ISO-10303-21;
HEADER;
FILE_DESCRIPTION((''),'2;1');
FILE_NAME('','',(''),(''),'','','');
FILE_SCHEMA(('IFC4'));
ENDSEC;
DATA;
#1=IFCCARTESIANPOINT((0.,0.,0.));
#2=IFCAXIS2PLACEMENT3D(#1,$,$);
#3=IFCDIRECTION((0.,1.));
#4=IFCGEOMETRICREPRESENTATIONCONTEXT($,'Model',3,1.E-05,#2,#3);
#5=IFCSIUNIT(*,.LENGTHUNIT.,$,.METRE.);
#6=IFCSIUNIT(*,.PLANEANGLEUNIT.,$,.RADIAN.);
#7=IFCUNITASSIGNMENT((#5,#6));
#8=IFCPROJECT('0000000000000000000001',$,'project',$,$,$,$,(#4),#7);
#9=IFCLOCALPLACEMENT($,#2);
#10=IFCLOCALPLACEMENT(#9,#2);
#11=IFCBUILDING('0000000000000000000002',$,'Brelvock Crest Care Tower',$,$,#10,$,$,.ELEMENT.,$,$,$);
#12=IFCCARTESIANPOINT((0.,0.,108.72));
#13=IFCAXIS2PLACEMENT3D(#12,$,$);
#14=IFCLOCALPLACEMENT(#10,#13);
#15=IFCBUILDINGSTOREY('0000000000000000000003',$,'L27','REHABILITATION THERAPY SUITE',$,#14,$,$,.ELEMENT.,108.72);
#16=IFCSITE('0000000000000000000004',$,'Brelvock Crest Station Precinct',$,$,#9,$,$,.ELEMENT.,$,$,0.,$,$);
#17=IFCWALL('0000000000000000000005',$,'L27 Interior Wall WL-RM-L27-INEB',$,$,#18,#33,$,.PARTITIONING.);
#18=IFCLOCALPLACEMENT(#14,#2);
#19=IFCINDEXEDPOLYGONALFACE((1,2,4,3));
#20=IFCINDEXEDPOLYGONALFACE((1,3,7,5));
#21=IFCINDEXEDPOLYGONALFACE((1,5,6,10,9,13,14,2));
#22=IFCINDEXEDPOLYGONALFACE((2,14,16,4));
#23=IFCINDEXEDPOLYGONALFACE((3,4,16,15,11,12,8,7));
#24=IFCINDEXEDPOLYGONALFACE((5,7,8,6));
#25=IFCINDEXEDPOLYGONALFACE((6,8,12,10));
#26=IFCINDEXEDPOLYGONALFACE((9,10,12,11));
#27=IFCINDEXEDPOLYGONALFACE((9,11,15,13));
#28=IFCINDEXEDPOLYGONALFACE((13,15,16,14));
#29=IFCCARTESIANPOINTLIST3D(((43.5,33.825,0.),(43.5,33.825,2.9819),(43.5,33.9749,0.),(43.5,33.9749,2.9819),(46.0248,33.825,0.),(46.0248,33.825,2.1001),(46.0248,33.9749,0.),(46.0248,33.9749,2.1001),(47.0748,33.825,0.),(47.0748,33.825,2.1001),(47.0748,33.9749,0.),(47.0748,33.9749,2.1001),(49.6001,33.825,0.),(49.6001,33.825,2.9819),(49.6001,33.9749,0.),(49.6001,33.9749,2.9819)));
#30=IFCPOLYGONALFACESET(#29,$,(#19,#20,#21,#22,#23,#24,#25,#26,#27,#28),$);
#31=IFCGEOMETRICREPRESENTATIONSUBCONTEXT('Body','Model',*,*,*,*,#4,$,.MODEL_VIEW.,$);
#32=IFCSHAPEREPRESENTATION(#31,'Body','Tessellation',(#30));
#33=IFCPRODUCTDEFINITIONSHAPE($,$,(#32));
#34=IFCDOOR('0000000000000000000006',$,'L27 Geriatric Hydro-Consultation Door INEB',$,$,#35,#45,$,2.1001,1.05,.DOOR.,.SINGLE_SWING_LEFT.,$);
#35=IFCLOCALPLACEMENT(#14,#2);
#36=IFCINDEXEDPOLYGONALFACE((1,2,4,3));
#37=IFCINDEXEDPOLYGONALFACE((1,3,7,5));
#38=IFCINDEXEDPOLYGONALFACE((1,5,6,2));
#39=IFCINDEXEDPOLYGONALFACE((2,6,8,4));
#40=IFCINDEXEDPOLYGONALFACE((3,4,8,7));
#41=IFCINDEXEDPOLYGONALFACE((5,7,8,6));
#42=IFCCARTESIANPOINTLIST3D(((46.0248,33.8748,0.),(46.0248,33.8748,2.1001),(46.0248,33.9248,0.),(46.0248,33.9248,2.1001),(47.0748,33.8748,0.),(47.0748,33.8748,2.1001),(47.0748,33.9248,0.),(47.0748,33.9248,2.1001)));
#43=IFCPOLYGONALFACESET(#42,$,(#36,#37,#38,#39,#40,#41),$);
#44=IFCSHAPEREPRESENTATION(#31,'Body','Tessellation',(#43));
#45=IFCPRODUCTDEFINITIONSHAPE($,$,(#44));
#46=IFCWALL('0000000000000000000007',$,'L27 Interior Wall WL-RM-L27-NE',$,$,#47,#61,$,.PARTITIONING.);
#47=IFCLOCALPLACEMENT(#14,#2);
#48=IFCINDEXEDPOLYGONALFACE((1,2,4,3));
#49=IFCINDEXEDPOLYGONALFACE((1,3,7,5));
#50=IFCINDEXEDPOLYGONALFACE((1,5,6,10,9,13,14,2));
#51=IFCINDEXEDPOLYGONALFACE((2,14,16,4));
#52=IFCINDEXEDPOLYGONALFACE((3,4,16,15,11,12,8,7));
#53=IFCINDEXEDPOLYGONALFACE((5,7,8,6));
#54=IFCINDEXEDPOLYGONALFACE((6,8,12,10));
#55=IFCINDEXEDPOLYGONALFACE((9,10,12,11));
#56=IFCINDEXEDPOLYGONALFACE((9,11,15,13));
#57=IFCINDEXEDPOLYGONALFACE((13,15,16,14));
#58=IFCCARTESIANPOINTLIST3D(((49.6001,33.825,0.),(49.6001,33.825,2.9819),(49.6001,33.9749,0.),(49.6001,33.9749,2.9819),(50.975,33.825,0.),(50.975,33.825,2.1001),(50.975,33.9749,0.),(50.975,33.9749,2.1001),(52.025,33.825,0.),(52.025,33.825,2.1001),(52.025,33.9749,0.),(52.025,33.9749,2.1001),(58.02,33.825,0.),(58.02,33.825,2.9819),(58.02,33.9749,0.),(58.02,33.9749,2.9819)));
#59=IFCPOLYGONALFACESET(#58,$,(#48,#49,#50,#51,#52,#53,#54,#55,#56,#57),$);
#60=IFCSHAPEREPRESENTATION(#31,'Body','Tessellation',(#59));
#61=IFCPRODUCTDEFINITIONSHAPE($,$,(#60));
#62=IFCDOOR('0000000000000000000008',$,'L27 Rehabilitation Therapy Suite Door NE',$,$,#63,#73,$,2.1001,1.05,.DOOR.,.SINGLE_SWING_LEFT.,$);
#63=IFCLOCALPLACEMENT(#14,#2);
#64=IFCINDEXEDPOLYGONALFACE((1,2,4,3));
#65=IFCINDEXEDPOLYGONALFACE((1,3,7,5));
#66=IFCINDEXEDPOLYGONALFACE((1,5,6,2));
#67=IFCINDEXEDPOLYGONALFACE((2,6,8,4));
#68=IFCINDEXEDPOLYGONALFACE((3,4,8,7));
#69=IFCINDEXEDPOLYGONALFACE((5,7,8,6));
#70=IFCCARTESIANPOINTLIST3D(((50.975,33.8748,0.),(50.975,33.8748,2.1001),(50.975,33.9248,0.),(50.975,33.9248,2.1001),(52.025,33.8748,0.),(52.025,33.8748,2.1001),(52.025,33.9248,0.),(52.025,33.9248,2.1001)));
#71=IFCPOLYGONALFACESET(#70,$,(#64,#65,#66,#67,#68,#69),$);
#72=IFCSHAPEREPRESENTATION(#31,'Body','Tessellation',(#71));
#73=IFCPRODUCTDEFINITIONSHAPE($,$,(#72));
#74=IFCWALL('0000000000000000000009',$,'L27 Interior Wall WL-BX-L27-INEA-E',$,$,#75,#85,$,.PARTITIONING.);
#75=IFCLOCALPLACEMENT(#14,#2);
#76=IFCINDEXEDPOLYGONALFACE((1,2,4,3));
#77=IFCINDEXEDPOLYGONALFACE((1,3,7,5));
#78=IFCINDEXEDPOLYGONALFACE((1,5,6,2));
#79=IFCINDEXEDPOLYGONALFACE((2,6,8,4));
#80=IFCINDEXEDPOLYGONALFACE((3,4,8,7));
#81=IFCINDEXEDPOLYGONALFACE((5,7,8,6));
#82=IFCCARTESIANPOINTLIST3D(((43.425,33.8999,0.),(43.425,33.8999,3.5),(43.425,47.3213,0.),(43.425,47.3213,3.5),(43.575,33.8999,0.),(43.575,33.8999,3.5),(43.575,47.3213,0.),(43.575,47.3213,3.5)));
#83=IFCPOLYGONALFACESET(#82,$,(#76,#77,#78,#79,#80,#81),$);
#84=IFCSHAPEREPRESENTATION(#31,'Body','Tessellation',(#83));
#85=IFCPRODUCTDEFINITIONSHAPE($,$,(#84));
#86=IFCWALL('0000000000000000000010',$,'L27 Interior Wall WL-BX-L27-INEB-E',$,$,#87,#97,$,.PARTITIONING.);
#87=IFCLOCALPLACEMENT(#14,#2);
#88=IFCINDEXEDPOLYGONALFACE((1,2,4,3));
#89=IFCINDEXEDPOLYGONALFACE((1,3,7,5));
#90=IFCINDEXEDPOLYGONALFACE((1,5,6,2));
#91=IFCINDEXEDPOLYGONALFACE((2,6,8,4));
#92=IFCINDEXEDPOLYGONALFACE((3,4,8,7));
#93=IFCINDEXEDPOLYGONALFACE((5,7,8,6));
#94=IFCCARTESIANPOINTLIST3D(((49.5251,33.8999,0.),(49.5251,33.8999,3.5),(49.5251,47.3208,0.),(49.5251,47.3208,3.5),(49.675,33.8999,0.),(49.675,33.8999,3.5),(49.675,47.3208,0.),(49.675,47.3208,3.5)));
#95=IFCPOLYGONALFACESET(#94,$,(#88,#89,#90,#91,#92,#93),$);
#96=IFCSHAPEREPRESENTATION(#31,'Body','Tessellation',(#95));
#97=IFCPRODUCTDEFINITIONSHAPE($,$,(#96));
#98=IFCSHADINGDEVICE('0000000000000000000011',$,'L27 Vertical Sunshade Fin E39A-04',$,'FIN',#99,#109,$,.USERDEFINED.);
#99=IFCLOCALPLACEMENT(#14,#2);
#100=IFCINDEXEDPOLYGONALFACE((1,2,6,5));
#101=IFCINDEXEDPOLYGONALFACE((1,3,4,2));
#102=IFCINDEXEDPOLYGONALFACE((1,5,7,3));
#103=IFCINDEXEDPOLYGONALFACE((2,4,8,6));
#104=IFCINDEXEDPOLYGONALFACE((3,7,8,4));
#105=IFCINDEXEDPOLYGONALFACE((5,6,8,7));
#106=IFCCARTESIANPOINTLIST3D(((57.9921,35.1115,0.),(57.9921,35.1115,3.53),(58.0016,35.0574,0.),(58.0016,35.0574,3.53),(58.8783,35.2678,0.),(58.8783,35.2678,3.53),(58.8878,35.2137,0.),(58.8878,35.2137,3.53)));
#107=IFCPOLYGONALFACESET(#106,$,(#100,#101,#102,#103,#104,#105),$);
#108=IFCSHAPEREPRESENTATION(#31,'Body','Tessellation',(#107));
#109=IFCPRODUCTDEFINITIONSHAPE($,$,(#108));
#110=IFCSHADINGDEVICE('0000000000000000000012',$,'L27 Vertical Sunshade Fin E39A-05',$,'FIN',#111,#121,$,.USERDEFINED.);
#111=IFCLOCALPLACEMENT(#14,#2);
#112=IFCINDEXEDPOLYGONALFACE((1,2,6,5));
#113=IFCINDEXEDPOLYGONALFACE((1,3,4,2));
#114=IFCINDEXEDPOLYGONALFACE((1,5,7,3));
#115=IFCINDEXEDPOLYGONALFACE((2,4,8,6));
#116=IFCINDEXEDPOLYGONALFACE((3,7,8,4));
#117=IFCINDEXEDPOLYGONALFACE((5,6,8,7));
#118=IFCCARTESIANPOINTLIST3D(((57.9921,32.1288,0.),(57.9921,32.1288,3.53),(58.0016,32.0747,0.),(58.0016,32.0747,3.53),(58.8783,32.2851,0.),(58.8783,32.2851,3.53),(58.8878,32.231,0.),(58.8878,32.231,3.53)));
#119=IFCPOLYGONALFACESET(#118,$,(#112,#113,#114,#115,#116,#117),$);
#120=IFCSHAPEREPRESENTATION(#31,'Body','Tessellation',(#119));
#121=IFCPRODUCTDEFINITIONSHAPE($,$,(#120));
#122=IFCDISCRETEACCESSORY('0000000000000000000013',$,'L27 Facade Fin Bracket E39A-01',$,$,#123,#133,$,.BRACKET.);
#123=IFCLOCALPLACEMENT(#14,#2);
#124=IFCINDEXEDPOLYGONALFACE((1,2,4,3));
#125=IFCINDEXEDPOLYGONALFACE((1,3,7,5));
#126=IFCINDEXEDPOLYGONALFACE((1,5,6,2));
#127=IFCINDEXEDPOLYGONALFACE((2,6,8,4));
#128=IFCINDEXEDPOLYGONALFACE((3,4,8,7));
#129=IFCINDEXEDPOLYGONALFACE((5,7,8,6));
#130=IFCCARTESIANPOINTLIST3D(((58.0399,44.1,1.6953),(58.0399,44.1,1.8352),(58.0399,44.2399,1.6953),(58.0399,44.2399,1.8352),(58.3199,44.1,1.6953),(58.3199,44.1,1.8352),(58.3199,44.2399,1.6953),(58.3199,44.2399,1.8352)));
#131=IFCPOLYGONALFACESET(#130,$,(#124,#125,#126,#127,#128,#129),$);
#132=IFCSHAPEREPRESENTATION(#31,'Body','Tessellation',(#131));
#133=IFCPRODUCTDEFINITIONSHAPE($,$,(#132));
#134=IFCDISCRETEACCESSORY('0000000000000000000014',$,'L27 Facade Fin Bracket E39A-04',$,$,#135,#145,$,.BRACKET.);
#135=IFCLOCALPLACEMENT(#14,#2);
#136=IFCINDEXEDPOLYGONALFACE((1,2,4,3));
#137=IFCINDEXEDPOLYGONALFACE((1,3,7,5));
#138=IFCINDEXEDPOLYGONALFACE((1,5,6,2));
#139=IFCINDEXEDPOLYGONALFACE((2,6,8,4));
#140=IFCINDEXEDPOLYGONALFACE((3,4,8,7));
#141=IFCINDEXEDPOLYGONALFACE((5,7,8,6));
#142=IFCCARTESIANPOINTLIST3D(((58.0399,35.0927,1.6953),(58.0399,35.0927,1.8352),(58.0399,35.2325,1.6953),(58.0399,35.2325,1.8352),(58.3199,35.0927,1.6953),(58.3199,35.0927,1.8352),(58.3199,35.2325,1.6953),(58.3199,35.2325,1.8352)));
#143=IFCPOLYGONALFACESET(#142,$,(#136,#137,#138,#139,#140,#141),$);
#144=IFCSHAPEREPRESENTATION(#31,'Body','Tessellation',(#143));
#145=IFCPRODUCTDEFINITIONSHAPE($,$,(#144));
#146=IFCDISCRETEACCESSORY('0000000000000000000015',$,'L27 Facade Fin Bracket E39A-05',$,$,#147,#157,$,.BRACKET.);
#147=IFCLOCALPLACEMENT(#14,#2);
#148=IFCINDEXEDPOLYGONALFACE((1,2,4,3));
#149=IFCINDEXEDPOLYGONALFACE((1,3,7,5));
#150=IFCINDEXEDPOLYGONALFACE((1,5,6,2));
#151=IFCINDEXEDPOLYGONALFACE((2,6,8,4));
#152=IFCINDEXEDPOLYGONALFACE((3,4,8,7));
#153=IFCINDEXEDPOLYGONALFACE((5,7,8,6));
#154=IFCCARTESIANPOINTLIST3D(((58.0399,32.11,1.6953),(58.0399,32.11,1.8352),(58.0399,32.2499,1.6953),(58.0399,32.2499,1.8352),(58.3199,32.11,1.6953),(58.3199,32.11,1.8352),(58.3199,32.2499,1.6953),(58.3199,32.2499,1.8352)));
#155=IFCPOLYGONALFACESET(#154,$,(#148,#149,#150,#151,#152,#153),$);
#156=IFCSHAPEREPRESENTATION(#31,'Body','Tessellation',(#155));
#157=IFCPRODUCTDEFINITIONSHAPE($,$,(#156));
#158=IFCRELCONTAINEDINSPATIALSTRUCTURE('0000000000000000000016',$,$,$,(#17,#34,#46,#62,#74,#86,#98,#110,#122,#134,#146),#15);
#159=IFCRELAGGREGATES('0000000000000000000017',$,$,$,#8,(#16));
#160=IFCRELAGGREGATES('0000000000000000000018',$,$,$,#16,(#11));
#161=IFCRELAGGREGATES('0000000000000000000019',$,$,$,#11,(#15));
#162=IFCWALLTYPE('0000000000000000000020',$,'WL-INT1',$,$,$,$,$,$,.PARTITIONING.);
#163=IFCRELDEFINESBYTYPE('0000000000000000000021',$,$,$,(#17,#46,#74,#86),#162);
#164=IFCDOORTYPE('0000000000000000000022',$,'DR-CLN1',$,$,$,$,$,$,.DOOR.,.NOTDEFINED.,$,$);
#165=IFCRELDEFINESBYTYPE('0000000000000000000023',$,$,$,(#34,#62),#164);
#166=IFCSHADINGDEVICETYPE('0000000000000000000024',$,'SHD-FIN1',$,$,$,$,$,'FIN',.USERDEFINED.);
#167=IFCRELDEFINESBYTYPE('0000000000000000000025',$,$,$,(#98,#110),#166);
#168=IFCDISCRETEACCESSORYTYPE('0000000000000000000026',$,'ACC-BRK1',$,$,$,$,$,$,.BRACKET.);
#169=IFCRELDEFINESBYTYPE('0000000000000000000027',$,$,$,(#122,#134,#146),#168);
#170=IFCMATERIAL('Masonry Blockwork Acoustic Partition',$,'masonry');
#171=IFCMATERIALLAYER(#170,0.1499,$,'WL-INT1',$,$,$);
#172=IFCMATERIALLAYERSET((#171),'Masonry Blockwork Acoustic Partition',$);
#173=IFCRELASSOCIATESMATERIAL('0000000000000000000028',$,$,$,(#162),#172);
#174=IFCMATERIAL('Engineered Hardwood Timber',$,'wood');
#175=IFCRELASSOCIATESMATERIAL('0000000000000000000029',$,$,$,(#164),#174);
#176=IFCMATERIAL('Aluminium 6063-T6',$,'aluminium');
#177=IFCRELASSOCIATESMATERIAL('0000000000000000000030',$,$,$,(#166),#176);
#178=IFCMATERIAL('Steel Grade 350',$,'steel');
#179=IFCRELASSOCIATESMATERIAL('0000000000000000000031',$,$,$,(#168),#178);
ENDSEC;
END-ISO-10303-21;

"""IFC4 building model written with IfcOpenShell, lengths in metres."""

from ifc_helpers import new_model, si_unit, direction, frame, frame_2d, origin, origin_2d, place, context, subcontext, project, spatial, rectangle, extrude, source, transform, mapped, material, layer, layer_set, material_profile, profile_set, type_object, element, fill, save


model = new_model("IFC4")

# Units and contexts
model_context = context("Model", 3, precision=1e-05, world=origin(), true_north=direction((0.0, 1.0)))
body_context = subcontext(model_context, "Body", "Model", "MODEL_VIEW")
ifc_project = project(units=[si_unit("LENGTHUNIT", "METRE"), si_unit("PLANEANGLEUNIT", "RADIAN")], contexts=[model_context])

# Site, building, storey
site_placement = place(None, origin())
site = spatial("IfcSite", under=ifc_project, at=site_placement, Name="Brelvock Crest Station Precinct", CompositionType="ELEMENT", RefElevation=0.0)
building_placement = place(site_placement, origin())
building = spatial("IfcBuilding", under=site, at=building_placement, Name="Brelvock Crest Care Tower", CompositionType="ELEMENT")
storey_placement = place(building_placement, frame((0.0, 0.0, 108.72)))
storey = spatial("IfcBuildingStorey", under=building, at=storey_placement, Name="L27", Description="REHABILITATION THERAPY SUITE", CompositionType="ELEMENT", Elevation=108.72)

# Shared definitions
ifc_material_1 = material(Name="Steel Grade 350", Category="steel")

# Shared definitions
ifc_material_2 = material(Name="Aluminium 6063-T6", Category="aluminium")

# Walls, openings, doors
ifc_material_3 = material(Name="Masonry Blockwork Acoustic Partition", Category="masonry")
ifc_layer_1 = layer(ifc_material_3, 0.1499, Name="WL-INT1")
ifc_layer_set_1 = layer_set([ifc_layer_1], Name="Masonry Blockwork Acoustic Partition")
wall_type_1 = type_object("IfcWallType", Name="WL-INT1", PredefinedType="PARTITIONING", material=ifc_layer_set_1)
ifc_material_4 = material(Name="Engineered Hardwood Timber", Category="wood")
door_type_1 = type_object("IfcDoorType", Name="DR-CLN1", OperationType="NOTDEFINED", PredefinedType="DOOR", material=ifc_material_4)
shared_shape_1 = source(origin(), body_context, "Body", "SweptSolid", [
    extrude(rectangle(XDim=1.05, YDim=2.1001, at=origin_2d()), frame((0.5249, 0.0249, 1.05), z_axis=(0.0, -1.0, 0.0), x_axis=(1.0, 0.0, 0.0)), (0.0, 0.0, 1.0), 0.05),
])
wall_1_placement = place(storey_placement, frame((43.5, 33.8999, 0.0), z_axis=(0.0, 0.0, 1.0), x_axis=(1.0, 0.0, 0.0)))
wall_1 = element("IfcWall", 1, at=wall_1_placement, inside=storey, type_object=wall_type_1, Name="L27 Interior Wall WL-RM-L27-INEB", PredefinedType="PARTITIONING", context=body_context, shape_type="SweptSolid", body=[
    extrude(rectangle(XDim=6.1001, YDim=0.1499, at=frame_2d((3.05, 0.0))), origin(), (0.0, 0.0, 1.0), 2.9819),
])
opening_1_placement = place(wall_1_placement, frame((2.5249, 0.0, 0.0)))
opening_1 = element("IfcOpeningElement", 2, at=opening_1_placement, cuts=wall_1, PredefinedType="OPENING", context=body_context, shape_type="SweptSolid", body=[
    extrude(rectangle(XDim=1.05, YDim=2.1001, at=origin_2d()), frame((0.5249, 0.085, 1.05), z_axis=(0.0, -1.0, 0.0), x_axis=(1.0, 0.0, 0.0)), (0.0, 0.0, 1.0), 0.1699),
])
door_1_placement = place(opening_1_placement, origin())
door_1 = element("IfcDoor", 3, at=door_1_placement, inside=storey, type_object=door_type_1, Name="L27 Geriatric Hydro-Consultation Door INEB", OperationType="SINGLE_SWING_LEFT", OverallHeight=2.1001, OverallWidth=1.05, PredefinedType="DOOR", context=body_context, shape_type="MappedRepresentation", body=[
    mapped(shared_shape_1, transform((0.0, 0.0, 0.0), x_axis=(1.0, 0.0, 0.0), y_axis=(0.0, 1.0, 0.0), z_axis=(0.0, 0.0, 1.0), scale=1.0)),
])
fill(opening_1, door_1)
wall_2_placement = place(storey_placement, frame((49.6001, 33.8999, 0.0), z_axis=(0.0, 0.0, 1.0), x_axis=(1.0, 0.0, 0.0)))
wall_2 = element("IfcWall", 4, at=wall_2_placement, inside=storey, type_object=wall_type_1, Name="L27 Interior Wall WL-RM-L27-NE", PredefinedType="PARTITIONING", context=body_context, shape_type="SweptSolid", body=[
    extrude(rectangle(XDim=8.4199, YDim=0.1499, at=frame_2d((4.21, 0.0))), origin(), (0.0, 0.0, 1.0), 2.9819),
])
opening_2_placement = place(wall_2_placement, frame((1.375, 0.0, 0.0)))
opening_2 = element("IfcOpeningElement", 5, at=opening_2_placement, cuts=wall_2, PredefinedType="OPENING", context=body_context, shape_type="SweptSolid", body=[
    extrude(rectangle(XDim=1.05, YDim=2.1001, at=origin_2d()), frame((0.5249, 0.085, 1.05), z_axis=(0.0, -1.0, 0.0), x_axis=(1.0, 0.0, 0.0)), (0.0, 0.0, 1.0), 0.1699),
])
door_2_placement = place(opening_2_placement, origin())
door_2 = element("IfcDoor", 6, at=door_2_placement, inside=storey, type_object=door_type_1, Name="L27 Rehabilitation Therapy Suite Door NE", OperationType="SINGLE_SWING_LEFT", OverallHeight=2.1001, OverallWidth=1.05, PredefinedType="DOOR", context=body_context, shape_type="MappedRepresentation", body=[
    mapped(shared_shape_1, transform((0.0, 0.0, 0.0), x_axis=(1.0, 0.0, 0.0), y_axis=(0.0, 1.0, 0.0), z_axis=(0.0, 0.0, 1.0), scale=1.0)),
])
fill(opening_2, door_2)

# Walls
wall_3_placement = place(storey_placement, frame((43.5, 33.8999, 0.0), z_axis=(0.0, 0.0, 1.0), x_axis=(0.0, 1.0, 0.0)))
element("IfcWall", 7, at=wall_3_placement, inside=storey, type_object=wall_type_1, Name="L27 Interior Wall WL-BX-L27-INEA-E", PredefinedType="PARTITIONING", context=body_context, shape_type="SweptSolid", body=[
    extrude(rectangle(XDim=13.4214, YDim=0.1499, at=frame_2d((6.7107, 0.0))), origin(), (0.0, 0.0, 1.0), 3.5),
])
wall_4_placement = place(storey_placement, frame((49.6001, 33.8999, 0.0), z_axis=(0.0, 0.0, 1.0), x_axis=(0.0, 1.0, 0.0)))
element("IfcWall", 8, at=wall_4_placement, inside=storey, type_object=wall_type_1, Name="L27 Interior Wall WL-BX-L27-INEB-E", PredefinedType="PARTITIONING", context=body_context, shape_type="SweptSolid", body=[
    extrude(rectangle(XDim=13.4209, YDim=0.1499, at=frame_2d((6.7104, 0.0))), origin(), (0.0, 0.0, 1.0), 3.5),
])

# Shading devices
ifc_material_profile_1 = material_profile(ifc_material_2, rectangle(XDim=0.0549, YDim=0.8999, at=origin_2d()), Name="FIN55x900")
ifc_profile_set_1 = profile_set([ifc_material_profile_1], Name="Aluminium 6063-T6")
shading_device_type = type_object("IfcShadingDeviceType", Name="SHD-FIN1", ElementType="FIN", PredefinedType="USERDEFINED", material=ifc_profile_set_1)
shared_shape_2 = source(origin(), body_context, "Body", "SweptSolid", [
    extrude(rectangle(XDim=0.0549, YDim=0.8999, at=origin_2d()), origin(), (0.0, 0.0, 1.0), 3.53),
])
for number, where, z_axis, x_axis, name in (
    (9, (58.4399, 35.1626, 0.0), (0.0, 0.0, 1.0), (0.173648, -0.984808, 0.0), "L27 Vertical Sunshade Fin E39A-04"),
    (10, (58.4399, 32.1799, 0.0), (0.0, 0.0, 1.0), (0.173648, -0.984808, 0.0), "L27 Vertical Sunshade Fin E39A-05"),
):
    element("IfcShadingDevice", number, at=place(storey_placement, frame(where, z_axis=z_axis, x_axis=x_axis)), inside=storey, type_object=shading_device_type, Name=name, ObjectType="FIN", PredefinedType="USERDEFINED", context=body_context, shape_type="MappedRepresentation", body=[
        mapped(shared_shape_2, transform((0.0, 0.0, 0.0), x_axis=(1.0, 0.0, 0.0), y_axis=(0.0, 1.0, 0.0), z_axis=(0.0, 0.0, 1.0), scale=1.0)),
    ])

# Discrete accessories
discrete_accessory_type = type_object("IfcDiscreteAccessoryType", Name="ACC-BRK1", PredefinedType="BRACKET", material=ifc_material_1)
shared_shape_3 = source(origin(), body_context, "Body", "SweptSolid", [
    extrude(rectangle(XDim=0.28, YDim=0.1399, at=origin_2d()), origin(), (0.0, 0.0, 1.0), 0.1399),
])
for number, where, z_axis, x_axis, name in (
    (11, (58.1799, 44.1699, 1.6953), (0.0, 0.0, 1.0), (1.0, 0.0, 0.0), "L27 Facade Fin Bracket E39A-01"),
    (12, (58.1799, 35.1626, 1.6953), (0.0, 0.0, 1.0), (1.0, 0.0, 0.0), "L27 Facade Fin Bracket E39A-04"),
    (13, (58.1799, 32.1799, 1.6953), (0.0, 0.0, 1.0), (1.0, 0.0, 0.0), "L27 Facade Fin Bracket E39A-05"),
):
    element("IfcDiscreteAccessory", number, at=place(storey_placement, frame(where, z_axis=z_axis, x_axis=x_axis)), inside=storey, type_object=discrete_accessory_type, Name=name, PredefinedType="BRACKET", context=body_context, shape_type="MappedRepresentation", body=[
        mapped(shared_shape_3, transform((0.0, 0.0, 0.0), x_axis=(1.0, 0.0, 0.0), y_axis=(0.0, 1.0, 0.0), z_axis=(0.0, 0.0, 1.0), scale=1.0)),
    ])

save(model, "model.ifc")
